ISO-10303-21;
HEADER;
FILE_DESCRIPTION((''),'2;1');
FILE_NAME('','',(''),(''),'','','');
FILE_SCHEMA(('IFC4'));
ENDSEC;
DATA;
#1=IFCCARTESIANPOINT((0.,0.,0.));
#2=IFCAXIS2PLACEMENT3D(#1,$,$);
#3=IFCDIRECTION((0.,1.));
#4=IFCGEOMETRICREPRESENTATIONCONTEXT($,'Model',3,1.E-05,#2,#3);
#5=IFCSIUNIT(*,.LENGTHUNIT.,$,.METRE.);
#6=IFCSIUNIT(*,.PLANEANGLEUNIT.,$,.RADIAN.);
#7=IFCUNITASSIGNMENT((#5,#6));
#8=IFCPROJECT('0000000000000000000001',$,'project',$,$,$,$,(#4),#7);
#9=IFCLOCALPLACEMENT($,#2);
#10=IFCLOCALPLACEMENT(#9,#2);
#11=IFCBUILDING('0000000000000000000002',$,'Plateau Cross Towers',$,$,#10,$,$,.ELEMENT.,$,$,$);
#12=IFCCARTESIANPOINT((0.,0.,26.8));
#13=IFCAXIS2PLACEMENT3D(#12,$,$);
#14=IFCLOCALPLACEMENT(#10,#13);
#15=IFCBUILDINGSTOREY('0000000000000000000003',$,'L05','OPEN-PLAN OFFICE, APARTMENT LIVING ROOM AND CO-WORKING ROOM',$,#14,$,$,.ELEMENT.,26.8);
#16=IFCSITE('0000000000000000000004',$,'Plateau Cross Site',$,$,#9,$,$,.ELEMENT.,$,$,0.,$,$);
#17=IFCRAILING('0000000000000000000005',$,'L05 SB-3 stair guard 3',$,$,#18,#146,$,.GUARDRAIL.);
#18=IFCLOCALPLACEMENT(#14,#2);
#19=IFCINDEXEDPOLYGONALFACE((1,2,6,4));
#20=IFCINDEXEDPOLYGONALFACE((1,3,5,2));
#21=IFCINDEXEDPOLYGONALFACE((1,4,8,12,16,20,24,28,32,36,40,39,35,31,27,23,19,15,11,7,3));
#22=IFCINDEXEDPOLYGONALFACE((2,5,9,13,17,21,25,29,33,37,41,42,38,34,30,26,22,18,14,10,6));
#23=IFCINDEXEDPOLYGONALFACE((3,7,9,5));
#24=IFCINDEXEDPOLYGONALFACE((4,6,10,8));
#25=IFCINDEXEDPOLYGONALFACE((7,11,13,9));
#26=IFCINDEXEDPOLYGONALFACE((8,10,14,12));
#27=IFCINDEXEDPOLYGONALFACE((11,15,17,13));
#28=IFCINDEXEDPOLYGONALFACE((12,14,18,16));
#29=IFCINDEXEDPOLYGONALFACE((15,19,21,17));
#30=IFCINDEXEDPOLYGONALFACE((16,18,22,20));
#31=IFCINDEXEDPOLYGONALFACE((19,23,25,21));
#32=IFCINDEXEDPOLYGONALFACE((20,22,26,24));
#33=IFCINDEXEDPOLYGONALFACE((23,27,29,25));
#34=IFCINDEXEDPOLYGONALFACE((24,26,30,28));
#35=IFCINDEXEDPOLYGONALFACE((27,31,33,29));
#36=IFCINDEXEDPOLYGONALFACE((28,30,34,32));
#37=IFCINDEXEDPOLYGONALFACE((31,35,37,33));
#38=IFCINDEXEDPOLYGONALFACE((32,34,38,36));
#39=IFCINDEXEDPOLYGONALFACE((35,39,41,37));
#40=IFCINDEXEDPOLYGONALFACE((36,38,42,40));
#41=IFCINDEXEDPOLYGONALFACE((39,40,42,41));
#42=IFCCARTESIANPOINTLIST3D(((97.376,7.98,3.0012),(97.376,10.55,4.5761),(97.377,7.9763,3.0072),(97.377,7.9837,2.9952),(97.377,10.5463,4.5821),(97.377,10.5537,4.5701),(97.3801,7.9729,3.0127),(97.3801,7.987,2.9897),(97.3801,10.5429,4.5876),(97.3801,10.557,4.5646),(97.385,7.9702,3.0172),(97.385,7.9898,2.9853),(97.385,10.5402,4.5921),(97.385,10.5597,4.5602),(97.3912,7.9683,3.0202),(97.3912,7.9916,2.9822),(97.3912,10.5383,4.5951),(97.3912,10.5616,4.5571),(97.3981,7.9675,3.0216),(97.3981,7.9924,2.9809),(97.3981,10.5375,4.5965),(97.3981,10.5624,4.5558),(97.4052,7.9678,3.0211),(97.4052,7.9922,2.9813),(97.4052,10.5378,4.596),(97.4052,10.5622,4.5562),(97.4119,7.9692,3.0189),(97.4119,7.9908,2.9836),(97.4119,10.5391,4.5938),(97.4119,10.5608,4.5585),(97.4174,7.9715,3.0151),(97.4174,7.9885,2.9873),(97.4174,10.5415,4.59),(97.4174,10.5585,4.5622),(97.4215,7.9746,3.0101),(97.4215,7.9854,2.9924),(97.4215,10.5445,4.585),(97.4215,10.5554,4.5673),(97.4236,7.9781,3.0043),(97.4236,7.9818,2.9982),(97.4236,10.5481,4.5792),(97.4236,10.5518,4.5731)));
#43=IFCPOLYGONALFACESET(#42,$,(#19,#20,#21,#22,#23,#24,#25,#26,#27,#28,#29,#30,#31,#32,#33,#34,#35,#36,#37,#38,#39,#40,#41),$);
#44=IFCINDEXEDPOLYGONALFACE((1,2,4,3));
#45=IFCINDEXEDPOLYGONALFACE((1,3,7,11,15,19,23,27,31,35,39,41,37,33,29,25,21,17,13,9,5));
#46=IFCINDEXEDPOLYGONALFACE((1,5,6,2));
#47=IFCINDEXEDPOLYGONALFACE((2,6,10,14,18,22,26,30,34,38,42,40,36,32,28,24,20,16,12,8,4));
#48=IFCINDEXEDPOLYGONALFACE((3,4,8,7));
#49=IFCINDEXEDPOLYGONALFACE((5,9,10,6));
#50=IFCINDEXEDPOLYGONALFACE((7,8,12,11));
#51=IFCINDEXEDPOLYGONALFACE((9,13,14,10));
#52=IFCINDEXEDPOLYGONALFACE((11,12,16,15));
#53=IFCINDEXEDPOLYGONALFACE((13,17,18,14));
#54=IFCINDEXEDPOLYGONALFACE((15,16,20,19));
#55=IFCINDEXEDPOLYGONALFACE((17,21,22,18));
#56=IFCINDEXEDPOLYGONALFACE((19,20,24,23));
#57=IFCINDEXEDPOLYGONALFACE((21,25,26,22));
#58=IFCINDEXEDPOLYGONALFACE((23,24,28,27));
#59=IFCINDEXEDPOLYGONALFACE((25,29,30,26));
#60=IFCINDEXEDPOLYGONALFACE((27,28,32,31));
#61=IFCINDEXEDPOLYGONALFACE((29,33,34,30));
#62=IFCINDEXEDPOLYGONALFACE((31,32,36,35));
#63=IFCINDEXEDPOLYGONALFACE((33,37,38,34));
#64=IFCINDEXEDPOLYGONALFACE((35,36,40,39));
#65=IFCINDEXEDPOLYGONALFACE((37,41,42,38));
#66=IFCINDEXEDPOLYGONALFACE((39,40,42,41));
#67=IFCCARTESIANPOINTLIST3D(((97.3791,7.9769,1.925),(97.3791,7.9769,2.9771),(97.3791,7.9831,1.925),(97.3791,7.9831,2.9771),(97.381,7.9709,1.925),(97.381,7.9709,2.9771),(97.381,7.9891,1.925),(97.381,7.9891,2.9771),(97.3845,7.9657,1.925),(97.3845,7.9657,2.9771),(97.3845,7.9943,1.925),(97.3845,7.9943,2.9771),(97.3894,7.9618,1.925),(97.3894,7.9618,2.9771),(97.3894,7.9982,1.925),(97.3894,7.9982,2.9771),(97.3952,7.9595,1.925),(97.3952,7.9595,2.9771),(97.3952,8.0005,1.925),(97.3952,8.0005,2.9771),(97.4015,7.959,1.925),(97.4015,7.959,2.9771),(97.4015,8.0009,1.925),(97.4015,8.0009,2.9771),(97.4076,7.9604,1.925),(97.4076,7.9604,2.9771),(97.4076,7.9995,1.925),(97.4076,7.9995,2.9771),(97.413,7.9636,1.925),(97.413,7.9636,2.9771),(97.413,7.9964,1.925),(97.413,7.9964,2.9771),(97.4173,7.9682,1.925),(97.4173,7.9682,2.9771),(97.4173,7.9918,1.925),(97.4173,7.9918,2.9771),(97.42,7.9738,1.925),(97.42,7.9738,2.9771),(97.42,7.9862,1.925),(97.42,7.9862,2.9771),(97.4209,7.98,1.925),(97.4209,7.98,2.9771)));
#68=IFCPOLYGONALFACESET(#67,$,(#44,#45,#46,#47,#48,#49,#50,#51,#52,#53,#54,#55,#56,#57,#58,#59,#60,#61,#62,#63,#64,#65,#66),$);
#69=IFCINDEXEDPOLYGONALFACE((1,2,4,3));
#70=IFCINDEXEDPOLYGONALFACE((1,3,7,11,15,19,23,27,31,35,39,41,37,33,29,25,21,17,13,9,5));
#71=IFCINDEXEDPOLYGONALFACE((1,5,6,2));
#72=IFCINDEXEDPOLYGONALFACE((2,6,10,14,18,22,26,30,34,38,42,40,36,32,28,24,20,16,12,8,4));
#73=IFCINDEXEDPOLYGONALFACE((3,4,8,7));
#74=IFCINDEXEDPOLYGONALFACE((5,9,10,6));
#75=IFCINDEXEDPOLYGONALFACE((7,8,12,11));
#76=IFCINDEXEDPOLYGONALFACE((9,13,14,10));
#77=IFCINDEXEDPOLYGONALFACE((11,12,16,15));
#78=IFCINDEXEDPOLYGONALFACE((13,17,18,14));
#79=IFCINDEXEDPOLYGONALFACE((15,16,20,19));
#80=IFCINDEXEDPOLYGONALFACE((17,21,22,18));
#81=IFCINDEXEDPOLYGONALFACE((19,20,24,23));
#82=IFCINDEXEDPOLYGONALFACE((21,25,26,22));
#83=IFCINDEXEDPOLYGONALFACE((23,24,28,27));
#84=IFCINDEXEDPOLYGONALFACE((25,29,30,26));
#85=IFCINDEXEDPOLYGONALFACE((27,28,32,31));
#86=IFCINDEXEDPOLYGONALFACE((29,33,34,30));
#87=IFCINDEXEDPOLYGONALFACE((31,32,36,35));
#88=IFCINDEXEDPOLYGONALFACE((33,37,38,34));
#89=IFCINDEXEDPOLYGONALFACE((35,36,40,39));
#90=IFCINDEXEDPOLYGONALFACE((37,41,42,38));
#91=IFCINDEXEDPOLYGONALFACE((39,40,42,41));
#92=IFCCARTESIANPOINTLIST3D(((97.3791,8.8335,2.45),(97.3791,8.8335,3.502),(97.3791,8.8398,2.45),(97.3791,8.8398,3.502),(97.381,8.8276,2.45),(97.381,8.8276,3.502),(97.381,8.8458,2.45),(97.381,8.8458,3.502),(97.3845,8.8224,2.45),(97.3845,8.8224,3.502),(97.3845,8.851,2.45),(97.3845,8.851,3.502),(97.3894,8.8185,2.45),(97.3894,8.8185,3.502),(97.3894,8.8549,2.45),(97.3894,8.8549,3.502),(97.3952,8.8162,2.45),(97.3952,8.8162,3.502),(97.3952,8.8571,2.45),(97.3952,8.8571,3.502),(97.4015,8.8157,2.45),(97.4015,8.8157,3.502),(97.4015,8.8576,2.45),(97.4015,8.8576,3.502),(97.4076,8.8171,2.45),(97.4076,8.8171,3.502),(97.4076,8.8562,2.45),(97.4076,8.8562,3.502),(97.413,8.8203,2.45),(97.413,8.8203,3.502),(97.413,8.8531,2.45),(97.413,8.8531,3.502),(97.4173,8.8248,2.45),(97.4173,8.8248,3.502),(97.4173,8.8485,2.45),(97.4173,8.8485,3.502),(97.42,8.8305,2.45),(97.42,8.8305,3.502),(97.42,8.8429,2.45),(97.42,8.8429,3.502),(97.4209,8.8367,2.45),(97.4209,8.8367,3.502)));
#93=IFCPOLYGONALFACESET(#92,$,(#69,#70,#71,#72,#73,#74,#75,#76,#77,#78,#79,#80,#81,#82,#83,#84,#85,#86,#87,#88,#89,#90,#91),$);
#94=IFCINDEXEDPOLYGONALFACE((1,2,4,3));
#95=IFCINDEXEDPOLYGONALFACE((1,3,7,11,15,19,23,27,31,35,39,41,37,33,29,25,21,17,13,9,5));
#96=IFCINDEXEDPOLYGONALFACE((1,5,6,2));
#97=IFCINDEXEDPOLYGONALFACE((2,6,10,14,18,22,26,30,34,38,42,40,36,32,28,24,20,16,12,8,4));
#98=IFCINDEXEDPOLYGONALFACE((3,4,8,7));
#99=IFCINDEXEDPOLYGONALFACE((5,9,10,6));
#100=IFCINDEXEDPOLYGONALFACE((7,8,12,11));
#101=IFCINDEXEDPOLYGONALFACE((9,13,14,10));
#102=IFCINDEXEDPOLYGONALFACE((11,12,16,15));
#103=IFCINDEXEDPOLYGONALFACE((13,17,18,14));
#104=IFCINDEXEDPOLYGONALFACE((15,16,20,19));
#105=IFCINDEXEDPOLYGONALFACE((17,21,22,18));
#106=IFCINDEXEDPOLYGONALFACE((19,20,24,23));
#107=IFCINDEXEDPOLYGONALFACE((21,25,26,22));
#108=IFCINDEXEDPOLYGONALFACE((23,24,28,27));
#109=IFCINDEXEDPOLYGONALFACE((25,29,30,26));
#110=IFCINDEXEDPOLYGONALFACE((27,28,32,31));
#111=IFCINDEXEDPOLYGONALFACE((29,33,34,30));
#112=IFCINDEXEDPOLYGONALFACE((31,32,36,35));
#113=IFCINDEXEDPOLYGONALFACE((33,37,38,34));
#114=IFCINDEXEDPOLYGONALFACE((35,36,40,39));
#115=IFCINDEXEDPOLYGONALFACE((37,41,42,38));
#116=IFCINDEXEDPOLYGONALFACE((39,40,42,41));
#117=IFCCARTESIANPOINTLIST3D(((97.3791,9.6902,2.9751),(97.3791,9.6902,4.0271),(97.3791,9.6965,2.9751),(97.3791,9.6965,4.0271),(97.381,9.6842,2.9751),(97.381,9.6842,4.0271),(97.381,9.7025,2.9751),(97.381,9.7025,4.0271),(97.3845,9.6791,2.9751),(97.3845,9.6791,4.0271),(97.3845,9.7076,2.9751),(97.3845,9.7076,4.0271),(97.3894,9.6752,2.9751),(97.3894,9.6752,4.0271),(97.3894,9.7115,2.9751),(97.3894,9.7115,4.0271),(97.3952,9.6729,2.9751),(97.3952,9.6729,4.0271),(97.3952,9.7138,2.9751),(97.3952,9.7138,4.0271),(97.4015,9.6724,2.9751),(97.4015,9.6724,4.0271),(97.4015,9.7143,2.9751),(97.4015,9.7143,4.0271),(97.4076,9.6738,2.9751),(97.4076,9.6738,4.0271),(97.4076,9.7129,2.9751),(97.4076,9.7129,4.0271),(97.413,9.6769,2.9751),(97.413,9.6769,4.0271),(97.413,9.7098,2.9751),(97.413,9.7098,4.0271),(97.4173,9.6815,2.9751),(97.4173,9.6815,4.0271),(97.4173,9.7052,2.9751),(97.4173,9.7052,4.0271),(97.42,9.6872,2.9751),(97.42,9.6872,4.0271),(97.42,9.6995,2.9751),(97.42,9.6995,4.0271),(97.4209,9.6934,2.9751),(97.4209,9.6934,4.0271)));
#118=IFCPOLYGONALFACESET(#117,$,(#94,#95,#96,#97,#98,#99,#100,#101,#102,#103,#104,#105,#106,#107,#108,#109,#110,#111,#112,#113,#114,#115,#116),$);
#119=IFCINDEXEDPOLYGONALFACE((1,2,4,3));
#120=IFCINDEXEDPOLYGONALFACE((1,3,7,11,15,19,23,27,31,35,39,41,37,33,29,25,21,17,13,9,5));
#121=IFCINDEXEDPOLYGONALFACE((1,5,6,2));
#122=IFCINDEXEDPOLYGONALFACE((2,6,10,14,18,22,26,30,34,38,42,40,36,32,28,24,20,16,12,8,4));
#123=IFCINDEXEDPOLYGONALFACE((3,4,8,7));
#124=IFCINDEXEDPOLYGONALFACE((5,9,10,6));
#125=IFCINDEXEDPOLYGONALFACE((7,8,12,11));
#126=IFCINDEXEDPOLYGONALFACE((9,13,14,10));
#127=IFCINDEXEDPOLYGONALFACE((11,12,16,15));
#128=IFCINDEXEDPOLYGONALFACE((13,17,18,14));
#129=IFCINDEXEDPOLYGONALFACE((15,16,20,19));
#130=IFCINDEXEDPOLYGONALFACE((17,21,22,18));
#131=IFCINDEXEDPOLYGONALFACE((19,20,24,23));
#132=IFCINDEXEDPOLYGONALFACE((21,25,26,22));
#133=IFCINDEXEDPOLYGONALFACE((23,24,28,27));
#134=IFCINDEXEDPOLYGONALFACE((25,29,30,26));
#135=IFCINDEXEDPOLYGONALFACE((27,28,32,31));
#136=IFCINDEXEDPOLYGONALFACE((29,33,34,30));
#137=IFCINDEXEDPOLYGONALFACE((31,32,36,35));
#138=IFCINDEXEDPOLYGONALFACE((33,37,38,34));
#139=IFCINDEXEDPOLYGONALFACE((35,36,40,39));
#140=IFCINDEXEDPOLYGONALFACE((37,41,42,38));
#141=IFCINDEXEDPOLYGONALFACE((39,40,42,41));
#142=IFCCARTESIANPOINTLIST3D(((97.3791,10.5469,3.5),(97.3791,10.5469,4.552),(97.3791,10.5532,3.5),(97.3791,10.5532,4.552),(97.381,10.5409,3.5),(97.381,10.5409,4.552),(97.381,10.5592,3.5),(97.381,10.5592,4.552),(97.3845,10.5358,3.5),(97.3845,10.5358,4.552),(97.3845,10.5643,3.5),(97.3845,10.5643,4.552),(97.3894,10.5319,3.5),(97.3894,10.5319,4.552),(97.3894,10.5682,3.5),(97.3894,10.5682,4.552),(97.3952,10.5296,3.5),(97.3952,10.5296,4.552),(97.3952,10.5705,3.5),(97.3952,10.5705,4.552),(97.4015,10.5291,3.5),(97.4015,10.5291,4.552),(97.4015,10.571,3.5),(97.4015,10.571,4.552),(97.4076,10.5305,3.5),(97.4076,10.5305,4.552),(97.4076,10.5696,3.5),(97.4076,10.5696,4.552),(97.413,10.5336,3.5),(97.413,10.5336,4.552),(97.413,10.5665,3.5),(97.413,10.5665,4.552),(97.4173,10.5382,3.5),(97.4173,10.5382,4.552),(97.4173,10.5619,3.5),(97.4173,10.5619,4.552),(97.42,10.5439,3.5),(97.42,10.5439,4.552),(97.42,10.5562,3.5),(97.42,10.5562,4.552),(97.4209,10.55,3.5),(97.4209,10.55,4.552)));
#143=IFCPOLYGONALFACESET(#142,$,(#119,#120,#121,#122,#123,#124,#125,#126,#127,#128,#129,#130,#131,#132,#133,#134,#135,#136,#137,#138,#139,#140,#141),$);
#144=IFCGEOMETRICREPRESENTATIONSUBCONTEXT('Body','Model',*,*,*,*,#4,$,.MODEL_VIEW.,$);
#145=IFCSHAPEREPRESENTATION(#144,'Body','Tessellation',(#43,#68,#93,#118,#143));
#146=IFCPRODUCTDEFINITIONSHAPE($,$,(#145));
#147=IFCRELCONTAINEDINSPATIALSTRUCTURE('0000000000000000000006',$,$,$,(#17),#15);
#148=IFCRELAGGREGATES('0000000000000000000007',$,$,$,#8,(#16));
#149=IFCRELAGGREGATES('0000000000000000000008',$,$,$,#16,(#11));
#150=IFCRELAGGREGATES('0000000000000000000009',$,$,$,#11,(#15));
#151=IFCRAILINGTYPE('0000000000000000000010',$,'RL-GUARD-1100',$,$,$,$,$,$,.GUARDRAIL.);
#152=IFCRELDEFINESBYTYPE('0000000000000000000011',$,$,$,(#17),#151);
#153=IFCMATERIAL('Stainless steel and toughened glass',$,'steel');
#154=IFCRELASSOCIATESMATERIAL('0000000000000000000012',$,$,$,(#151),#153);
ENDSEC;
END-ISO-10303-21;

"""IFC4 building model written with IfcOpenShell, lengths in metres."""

from ifc_helpers import new_model, si_unit, direction, frame, origin, origin_2d, place, context, subcontext, project, spatial, circle, extrude, material, type_object, element, save


model = new_model("IFC4")

# Units and contexts
model_context = context("Model", 3, precision=1e-05, world=origin(), true_north=direction((0.0, 1.0)))
body_context = subcontext(model_context, "Body", "Model", "MODEL_VIEW")
ifc_project = project(units=[si_unit("LENGTHUNIT", "METRE"), si_unit("PLANEANGLEUNIT", "RADIAN")], contexts=[model_context])

# Site, building, storey
site_placement = place(None, origin())
site = spatial("IfcSite", under=ifc_project, at=site_placement, Name="Plateau Cross Site", CompositionType="ELEMENT", RefElevation=0.0)
building_placement = place(site_placement, origin())
building = spatial("IfcBuilding", under=site, at=building_placement, Name="Plateau Cross Towers", CompositionType="ELEMENT")
storey_placement = place(building_placement, frame((0.0, 0.0, 26.8)))
storey = spatial("IfcBuildingStorey", under=building, at=storey_placement, Name="L05", Description="OPEN-PLAN OFFICE, APARTMENT LIVING ROOM AND CO-WORKING ROOM", CompositionType="ELEMENT", Elevation=26.8)

# Railing
ifc_material_1 = material(Name="Stainless steel and toughened glass", Category="steel")
railing_type_1 = type_object("IfcRailingType", Name="RL-GUARD-1100", PredefinedType="GUARDRAIL", material=ifc_material_1)
railing_1_placement = place(storey_placement, frame((97.3999, 7.98, 1.925)))
element("IfcRailing", 1, at=railing_1_placement, inside=storey, type_object=railing_type_1, Name="L05 SB-3 stair guard 3", PredefinedType="GUARDRAIL", context=body_context, shape_type="SweptSolid", body=[
    extrude(circle(Radius=0.0239, at=origin_2d()), frame((0.0, 0.0, 1.0762), z_axis=(0.0, 0.852639, 0.522501), x_axis=(-1.0, 0.0, 0.0)), (0.0, 0.0, 1.0), 3.0142),
    extrude(circle(Radius=0.021, at=origin_2d()), origin(), (0.0, 0.0, 1.0), 1.052),
    extrude(circle(Radius=0.021, at=origin_2d()), frame((0.0, 0.8567, 0.5249)), (0.0, 0.0, 1.0), 1.052),
    extrude(circle(Radius=0.021, at=origin_2d()), frame((0.0, 1.7134, 1.05)), (0.0, 0.0, 1.0), 1.052),
    extrude(circle(Radius=0.021, at=origin_2d()), frame((0.0, 2.5701, 1.575)), (0.0, 0.0, 1.0), 1.052),
])

save(model, "model.ifc")
